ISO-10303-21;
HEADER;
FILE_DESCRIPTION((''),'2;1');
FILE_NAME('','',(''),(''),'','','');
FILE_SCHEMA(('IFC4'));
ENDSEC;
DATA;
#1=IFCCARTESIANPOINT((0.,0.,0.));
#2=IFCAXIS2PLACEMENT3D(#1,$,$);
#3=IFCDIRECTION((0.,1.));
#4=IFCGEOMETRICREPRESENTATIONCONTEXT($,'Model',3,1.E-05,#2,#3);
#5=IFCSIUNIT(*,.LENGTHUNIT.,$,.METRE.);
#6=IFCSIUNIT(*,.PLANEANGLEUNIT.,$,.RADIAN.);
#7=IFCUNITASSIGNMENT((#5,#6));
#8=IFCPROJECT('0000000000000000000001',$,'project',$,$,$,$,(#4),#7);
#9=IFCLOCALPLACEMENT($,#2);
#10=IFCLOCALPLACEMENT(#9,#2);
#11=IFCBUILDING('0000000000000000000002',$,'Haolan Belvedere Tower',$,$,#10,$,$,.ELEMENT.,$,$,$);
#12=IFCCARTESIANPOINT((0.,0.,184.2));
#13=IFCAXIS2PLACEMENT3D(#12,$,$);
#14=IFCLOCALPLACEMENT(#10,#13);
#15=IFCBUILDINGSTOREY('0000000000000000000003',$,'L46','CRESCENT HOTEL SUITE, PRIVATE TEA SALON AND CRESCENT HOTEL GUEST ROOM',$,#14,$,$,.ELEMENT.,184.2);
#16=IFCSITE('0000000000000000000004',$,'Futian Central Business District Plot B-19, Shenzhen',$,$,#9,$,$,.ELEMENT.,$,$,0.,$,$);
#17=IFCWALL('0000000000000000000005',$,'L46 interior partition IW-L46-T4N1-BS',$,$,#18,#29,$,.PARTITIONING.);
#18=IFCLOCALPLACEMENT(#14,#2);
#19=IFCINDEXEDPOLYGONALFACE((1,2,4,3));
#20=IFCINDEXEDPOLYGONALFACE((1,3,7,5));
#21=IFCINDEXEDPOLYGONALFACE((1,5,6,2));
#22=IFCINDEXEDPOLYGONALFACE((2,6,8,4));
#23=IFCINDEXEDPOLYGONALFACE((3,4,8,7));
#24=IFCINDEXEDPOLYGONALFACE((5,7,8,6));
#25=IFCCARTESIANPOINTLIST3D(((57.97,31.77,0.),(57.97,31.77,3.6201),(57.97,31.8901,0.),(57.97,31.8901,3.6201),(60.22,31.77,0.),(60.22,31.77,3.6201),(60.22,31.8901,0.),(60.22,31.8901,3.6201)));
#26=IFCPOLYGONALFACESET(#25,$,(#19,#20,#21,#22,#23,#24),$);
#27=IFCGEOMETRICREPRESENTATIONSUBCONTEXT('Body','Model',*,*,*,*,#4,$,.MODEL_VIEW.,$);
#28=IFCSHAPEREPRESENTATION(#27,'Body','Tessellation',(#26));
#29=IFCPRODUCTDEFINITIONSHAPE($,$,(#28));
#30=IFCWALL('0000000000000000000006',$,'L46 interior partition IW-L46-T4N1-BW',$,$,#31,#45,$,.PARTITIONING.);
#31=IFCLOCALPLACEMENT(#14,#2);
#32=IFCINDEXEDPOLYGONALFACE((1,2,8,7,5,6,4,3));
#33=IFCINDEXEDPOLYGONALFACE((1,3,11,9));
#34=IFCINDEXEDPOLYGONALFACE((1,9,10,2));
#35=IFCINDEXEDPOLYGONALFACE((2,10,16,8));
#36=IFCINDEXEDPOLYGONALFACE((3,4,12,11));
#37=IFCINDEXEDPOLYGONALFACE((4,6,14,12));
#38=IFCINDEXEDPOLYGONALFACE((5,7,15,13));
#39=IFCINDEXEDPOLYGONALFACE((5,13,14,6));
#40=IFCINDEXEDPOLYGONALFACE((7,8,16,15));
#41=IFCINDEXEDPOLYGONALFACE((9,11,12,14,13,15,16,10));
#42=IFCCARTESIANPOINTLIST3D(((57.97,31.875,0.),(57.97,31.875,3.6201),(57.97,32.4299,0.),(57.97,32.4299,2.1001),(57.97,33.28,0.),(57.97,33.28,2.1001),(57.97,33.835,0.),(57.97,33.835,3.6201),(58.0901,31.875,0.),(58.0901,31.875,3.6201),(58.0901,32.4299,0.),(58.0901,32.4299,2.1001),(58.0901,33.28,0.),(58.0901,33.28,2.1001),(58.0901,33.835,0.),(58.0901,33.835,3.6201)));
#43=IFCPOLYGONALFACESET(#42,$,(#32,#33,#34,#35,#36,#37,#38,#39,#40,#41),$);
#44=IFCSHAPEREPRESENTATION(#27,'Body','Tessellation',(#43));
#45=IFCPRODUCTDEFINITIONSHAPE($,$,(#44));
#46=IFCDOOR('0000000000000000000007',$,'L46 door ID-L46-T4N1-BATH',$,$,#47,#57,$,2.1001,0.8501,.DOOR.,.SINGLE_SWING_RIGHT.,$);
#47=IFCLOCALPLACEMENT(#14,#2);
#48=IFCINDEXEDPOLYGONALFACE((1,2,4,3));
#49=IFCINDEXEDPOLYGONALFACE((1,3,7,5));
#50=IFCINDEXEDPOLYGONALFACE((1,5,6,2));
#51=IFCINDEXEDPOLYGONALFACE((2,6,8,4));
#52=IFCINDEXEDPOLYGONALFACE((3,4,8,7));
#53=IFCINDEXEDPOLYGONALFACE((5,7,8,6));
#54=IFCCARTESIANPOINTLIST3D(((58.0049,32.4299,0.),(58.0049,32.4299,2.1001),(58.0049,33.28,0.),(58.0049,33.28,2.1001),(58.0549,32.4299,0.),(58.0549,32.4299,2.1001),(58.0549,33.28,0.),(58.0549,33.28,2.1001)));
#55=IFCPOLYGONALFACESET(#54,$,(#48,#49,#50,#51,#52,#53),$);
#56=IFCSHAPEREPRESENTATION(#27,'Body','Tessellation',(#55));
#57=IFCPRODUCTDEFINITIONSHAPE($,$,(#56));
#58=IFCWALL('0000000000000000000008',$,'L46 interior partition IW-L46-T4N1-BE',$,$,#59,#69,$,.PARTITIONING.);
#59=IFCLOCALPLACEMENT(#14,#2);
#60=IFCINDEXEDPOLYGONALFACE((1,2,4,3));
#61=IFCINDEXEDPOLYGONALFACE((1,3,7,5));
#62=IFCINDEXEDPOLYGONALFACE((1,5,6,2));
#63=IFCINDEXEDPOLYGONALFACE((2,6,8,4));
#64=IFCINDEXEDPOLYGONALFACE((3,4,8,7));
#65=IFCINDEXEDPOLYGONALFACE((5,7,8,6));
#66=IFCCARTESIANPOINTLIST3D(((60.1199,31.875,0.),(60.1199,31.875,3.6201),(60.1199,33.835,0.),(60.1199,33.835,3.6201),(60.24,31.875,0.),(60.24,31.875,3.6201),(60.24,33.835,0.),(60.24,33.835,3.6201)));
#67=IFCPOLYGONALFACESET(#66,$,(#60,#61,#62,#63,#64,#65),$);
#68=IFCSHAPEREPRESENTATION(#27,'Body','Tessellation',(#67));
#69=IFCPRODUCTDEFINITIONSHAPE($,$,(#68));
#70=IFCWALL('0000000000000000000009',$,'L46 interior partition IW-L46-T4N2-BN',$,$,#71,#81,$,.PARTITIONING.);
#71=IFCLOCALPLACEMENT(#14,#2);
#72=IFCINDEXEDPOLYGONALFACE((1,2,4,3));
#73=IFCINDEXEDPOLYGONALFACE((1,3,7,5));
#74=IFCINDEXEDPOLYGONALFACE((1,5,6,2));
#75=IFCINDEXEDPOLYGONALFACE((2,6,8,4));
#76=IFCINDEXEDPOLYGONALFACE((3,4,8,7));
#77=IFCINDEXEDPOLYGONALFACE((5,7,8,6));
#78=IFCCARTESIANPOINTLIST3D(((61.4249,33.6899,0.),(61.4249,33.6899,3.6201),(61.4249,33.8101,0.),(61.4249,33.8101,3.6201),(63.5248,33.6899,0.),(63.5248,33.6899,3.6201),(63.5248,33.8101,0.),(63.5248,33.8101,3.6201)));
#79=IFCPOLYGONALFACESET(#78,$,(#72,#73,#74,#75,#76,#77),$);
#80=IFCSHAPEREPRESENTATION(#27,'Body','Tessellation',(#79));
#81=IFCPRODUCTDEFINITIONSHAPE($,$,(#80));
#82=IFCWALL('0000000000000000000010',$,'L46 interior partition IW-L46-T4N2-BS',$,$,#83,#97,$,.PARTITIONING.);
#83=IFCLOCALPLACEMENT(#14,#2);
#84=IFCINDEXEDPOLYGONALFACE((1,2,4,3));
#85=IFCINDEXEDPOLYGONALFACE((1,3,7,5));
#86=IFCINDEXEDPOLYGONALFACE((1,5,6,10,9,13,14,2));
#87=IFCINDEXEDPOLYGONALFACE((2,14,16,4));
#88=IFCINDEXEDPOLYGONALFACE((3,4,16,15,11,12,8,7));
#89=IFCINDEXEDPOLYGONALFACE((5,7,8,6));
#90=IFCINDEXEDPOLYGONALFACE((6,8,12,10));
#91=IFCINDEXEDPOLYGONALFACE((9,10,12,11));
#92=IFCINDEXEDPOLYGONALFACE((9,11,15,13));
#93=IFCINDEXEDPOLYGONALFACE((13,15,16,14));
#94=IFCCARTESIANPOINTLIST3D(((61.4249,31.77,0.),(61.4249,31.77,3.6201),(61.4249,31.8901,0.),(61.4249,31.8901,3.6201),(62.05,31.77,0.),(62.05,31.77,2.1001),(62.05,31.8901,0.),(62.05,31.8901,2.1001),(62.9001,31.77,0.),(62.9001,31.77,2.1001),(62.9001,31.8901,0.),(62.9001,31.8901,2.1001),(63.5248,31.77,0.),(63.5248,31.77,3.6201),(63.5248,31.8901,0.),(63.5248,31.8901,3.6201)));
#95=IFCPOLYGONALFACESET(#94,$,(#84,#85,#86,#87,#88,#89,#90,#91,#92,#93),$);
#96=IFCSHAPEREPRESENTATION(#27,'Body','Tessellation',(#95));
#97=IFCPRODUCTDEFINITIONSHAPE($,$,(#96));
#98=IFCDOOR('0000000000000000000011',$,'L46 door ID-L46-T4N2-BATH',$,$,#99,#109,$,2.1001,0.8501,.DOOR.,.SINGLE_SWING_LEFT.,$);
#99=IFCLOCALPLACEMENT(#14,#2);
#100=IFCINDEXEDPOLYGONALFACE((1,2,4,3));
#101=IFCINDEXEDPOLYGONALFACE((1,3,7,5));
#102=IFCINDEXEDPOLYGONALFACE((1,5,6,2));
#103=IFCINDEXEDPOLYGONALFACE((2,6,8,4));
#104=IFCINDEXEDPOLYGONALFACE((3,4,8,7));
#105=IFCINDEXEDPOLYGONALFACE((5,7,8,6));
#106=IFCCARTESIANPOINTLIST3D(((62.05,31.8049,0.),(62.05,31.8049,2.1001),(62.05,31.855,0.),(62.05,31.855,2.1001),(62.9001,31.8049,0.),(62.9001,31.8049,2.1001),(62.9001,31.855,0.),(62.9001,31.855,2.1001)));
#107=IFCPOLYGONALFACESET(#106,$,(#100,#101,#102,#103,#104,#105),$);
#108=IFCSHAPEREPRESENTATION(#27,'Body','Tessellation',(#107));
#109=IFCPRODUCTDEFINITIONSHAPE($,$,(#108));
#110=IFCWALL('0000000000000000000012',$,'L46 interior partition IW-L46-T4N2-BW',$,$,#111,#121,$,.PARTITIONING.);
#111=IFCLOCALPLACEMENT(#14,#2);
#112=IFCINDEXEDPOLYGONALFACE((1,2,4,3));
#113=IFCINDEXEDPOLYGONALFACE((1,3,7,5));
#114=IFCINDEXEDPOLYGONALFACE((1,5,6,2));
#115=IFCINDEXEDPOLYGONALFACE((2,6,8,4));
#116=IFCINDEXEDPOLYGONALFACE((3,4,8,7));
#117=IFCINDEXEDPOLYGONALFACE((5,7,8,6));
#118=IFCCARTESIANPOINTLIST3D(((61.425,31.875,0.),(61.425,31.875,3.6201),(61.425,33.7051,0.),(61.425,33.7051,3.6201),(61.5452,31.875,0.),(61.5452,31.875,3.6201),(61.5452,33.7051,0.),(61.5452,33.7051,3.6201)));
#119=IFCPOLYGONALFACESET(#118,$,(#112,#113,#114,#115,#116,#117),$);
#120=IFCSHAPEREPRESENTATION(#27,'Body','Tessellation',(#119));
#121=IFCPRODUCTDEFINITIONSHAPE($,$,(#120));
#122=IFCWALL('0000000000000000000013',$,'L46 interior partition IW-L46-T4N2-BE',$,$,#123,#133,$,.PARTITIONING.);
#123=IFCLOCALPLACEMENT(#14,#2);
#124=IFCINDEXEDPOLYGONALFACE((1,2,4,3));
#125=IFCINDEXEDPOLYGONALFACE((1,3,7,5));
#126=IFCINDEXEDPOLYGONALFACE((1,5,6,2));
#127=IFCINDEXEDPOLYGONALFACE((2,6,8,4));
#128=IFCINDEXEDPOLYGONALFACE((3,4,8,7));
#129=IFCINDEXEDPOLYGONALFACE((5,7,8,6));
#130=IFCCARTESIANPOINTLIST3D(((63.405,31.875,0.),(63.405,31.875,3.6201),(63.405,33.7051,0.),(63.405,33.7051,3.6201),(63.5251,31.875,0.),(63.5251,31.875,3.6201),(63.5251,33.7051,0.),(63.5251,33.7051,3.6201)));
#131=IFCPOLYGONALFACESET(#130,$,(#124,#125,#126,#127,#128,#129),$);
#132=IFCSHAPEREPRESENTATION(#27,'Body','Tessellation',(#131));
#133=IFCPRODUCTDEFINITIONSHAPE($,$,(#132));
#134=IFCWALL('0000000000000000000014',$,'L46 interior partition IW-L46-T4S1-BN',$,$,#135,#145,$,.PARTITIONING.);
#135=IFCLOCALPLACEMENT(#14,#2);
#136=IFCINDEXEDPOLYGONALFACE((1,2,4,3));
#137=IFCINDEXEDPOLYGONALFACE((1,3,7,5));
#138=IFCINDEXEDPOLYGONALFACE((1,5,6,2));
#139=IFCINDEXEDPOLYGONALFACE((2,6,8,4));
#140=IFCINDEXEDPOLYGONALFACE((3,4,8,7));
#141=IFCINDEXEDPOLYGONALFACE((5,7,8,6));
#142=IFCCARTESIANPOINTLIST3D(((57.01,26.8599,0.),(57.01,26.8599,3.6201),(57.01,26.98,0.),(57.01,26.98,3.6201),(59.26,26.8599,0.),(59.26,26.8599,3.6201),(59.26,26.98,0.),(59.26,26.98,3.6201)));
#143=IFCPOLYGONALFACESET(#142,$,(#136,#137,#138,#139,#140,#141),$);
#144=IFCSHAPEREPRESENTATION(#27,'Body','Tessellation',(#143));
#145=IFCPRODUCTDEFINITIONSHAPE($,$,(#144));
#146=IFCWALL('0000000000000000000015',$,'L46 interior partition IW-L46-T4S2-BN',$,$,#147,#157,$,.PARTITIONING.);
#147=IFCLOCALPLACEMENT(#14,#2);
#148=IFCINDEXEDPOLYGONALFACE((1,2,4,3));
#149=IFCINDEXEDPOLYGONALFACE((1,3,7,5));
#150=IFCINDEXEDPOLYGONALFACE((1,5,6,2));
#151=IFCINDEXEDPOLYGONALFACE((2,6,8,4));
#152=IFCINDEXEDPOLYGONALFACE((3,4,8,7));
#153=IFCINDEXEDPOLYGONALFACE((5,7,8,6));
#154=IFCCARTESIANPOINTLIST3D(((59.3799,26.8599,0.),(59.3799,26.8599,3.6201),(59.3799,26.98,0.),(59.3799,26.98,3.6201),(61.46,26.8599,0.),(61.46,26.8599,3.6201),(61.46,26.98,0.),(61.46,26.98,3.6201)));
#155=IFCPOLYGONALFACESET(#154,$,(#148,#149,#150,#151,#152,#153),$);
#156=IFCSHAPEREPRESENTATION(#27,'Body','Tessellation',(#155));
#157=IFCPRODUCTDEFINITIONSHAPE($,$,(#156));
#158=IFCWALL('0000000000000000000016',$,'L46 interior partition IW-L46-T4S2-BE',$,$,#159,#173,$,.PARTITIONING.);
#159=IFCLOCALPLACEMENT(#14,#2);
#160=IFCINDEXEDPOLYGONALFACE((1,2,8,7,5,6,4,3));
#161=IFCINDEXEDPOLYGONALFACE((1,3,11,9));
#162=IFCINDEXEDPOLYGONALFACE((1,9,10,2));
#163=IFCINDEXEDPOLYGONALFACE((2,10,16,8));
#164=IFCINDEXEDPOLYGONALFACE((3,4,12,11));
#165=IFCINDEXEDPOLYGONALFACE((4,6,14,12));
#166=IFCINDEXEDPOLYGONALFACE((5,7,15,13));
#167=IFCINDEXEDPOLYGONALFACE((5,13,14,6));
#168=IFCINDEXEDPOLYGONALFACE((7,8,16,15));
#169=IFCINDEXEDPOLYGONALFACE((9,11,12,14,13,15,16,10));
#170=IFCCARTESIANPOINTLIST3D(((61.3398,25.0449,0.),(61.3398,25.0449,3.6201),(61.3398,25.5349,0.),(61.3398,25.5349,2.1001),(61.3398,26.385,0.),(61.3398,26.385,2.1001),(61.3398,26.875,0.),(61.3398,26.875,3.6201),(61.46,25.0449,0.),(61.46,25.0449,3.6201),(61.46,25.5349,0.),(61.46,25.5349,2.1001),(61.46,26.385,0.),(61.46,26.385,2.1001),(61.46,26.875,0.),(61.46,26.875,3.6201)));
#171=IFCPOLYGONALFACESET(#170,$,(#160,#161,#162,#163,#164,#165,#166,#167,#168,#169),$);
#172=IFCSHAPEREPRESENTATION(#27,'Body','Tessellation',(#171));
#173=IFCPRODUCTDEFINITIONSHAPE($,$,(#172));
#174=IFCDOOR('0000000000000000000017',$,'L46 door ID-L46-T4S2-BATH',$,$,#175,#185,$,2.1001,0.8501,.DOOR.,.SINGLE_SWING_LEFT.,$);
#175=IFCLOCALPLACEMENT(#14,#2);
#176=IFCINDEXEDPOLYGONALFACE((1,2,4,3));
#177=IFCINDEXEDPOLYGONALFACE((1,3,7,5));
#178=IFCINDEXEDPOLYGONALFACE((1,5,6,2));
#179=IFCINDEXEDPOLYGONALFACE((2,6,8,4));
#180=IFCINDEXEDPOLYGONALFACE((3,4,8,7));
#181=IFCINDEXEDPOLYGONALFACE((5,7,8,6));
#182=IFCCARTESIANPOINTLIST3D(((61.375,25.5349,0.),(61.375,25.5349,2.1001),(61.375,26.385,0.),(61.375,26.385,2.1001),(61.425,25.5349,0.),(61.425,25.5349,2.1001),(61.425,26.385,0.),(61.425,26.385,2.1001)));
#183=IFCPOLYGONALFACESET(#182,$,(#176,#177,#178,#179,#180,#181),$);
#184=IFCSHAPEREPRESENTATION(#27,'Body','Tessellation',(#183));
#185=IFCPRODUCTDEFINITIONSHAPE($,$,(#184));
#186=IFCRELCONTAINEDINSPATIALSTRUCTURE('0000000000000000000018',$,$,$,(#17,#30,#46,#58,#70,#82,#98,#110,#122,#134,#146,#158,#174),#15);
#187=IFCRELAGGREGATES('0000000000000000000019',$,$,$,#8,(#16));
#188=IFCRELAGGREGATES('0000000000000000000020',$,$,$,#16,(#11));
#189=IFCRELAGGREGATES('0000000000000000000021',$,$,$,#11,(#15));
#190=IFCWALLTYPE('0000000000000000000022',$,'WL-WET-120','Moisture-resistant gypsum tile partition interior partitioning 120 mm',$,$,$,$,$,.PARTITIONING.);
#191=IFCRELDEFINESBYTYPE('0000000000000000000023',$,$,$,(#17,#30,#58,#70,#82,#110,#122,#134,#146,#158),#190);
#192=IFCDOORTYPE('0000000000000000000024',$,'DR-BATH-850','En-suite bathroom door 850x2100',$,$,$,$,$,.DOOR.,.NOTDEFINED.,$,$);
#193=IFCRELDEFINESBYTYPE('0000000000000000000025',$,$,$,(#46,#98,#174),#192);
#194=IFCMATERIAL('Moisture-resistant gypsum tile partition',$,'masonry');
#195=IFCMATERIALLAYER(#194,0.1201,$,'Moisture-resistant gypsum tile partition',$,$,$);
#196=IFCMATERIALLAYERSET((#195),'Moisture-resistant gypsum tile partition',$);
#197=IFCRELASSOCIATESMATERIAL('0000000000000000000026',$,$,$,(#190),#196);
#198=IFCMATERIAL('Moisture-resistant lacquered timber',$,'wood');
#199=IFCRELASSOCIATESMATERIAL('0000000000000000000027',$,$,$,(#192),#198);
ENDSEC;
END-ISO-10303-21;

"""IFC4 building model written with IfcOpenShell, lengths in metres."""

from ifc_helpers import new_model, si_unit, direction, frame, frame_2d, origin, place, context, subcontext, project, spatial, rectangle, extrude, material, layer, layer_set, type_object, element, fill, save


model = new_model("IFC4")

# Units and contexts
model_context = context("Model", 3, precision=1e-05, world=origin(), true_north=direction((0.0, 1.0)))
body_context = subcontext(model_context, "Body", "Model", "MODEL_VIEW")
ifc_project = project(units=[si_unit("LENGTHUNIT", "METRE"), si_unit("PLANEANGLEUNIT", "RADIAN")], contexts=[model_context])

# Site, building, storey
site_placement = place(None, origin())
site = spatial("IfcSite", under=ifc_project, at=site_placement, Name="Futian Central Business District Plot B-19, Shenzhen", CompositionType="ELEMENT", RefElevation=0.0)
building_placement = place(site_placement, origin())
building = spatial("IfcBuilding", under=site, at=building_placement, Name="Haolan Belvedere Tower", CompositionType="ELEMENT")
storey_placement = place(building_placement, frame((0.0, 0.0, 184.2)))
storey = spatial("IfcBuildingStorey", under=building, at=storey_placement, Name="L46", Description="CRESCENT HOTEL SUITE, PRIVATE TEA SALON AND CRESCENT HOTEL GUEST ROOM", CompositionType="ELEMENT", Elevation=184.2)

# Wall
ifc_material_1 = material(Name="Moisture-resistant gypsum tile partition", Category="masonry")
ifc_layer_1 = layer(ifc_material_1, 0.1201, Name="Moisture-resistant gypsum tile partition")
ifc_layer_set_1 = layer_set([ifc_layer_1], Name="Moisture-resistant gypsum tile partition")
wall_type_1 = type_object("IfcWallType", Name="WL-WET-120", Description="Moisture-resistant gypsum tile partition interior partitioning 120 mm", PredefinedType="PARTITIONING", material=ifc_layer_set_1)
wall_1_placement = place(storey_placement, frame((57.97, 31.8301, 0.0), z_axis=(0.0, 0.0, 1.0), x_axis=(1.0, 0.0, 0.0)))
element("IfcWall", 1, at=wall_1_placement, inside=storey, type_object=wall_type_1, Name="L46 interior partition IW-L46-T4N1-BS", PredefinedType="PARTITIONING", context=body_context, shape_type="SweptSolid", body=[
    extrude(rectangle(XDim=2.25, YDim=0.1201, at=frame_2d((1.125, 0.0))), origin(), (0.0, 0.0, 1.0), 3.6201),
])

# Wall, opening, door
wall_2_placement = place(storey_placement, frame((58.03, 31.875, 0.0), z_axis=(0.0, 0.0, 1.0), x_axis=(0.0, 1.0, 0.0)))
wall_2 = element("IfcWall", 2, at=wall_2_placement, inside=storey, type_object=wall_type_1, Name="L46 interior partition IW-L46-T4N1-BW", PredefinedType="PARTITIONING", context=body_context, shape_type="SweptSolid", body=[
    extrude(rectangle(XDim=1.96, YDim=0.1201, at=frame_2d((0.98, 0.0))), origin(), (0.0, 0.0, 1.0), 3.6201),
])
opening_1_placement = place(wall_2_placement, frame((1.405, 0.0, 0.0), z_axis=(0.0, 0.0, 1.0), x_axis=(-1.0, 0.0, 0.0)))
opening_1 = element("IfcOpeningElement", 3, at=opening_1_placement, cuts=wall_2, PredefinedType="OPENING", context=body_context, shape_type="SweptSolid", body=[
    extrude(rectangle(XDim=0.8501, YDim=2.1001, at=frame_2d((0.425, 1.05))), frame((0.0, 0.0701, 0.0), z_axis=(0.0, -1.0, 0.0), x_axis=(1.0, 0.0, 0.0)), (0.0, 0.0, 1.0), 0.1401),
])
ifc_material_2 = material(Name="Moisture-resistant lacquered timber", Category="wood")
door_type_1 = type_object("IfcDoorType", Name="DR-BATH-850", Description="En-suite bathroom door 850x2100", OperationType="NOTDEFINED", PredefinedType="DOOR", material=ifc_material_2)
door_1_placement = place(opening_1_placement, origin())
door_1 = element("IfcDoor", 4, at=door_1_placement, inside=storey, type_object=door_type_1, Name="L46 door ID-L46-T4N1-BATH", OperationType="SINGLE_SWING_RIGHT", OverallHeight=2.1001, OverallWidth=0.8501, PredefinedType="DOOR", context=body_context, shape_type="SweptSolid", body=[
    extrude(rectangle(XDim=0.8501, YDim=2.1001, at=frame_2d((0.425, 1.05))), frame((0.0, 0.0249, 0.0), z_axis=(0.0, -1.0, 0.0), x_axis=(1.0, 0.0, 0.0)), (0.0, 0.0, 1.0), 0.05),
])
fill(opening_1, door_1)

# Walls
wall_3_placement = place(storey_placement, frame((60.1799, 31.875, 0.0), z_axis=(0.0, 0.0, 1.0), x_axis=(0.0, 1.0, 0.0)))
element("IfcWall", 5, at=wall_3_placement, inside=storey, type_object=wall_type_1, Name="L46 interior partition IW-L46-T4N1-BE", PredefinedType="PARTITIONING", context=body_context, shape_type="SweptSolid", body=[
    extrude(rectangle(XDim=1.96, YDim=0.1201, at=frame_2d((0.98, 0.0))), origin(), (0.0, 0.0, 1.0), 3.6201),
])
wall_4_placement = place(storey_placement, frame((61.425, 33.75, 0.0), z_axis=(0.0, 0.0, 1.0), x_axis=(1.0, 0.0, 0.0)))
element("IfcWall", 6, at=wall_4_placement, inside=storey, type_object=wall_type_1, Name="L46 interior partition IW-L46-T4N2-BN", PredefinedType="PARTITIONING", context=body_context, shape_type="SweptSolid", body=[
    extrude(rectangle(XDim=2.0999, YDim=0.1201, at=frame_2d((1.0498, 0.0))), origin(), (0.0, 0.0, 1.0), 3.6201),
])

# Wall, opening, door
wall_5_placement = place(storey_placement, frame((61.425, 31.8301, 0.0), z_axis=(0.0, 0.0, 1.0), x_axis=(1.0, 0.0, 0.0)))
wall_5 = element("IfcWall", 7, at=wall_5_placement, inside=storey, type_object=wall_type_1, Name="L46 interior partition IW-L46-T4N2-BS", PredefinedType="PARTITIONING", context=body_context, shape_type="SweptSolid", body=[
    extrude(rectangle(XDim=2.0999, YDim=0.1201, at=frame_2d((1.0498, 0.0))), origin(), (0.0, 0.0, 1.0), 3.6201),
])
opening_2_placement = place(wall_5_placement, frame((0.625, 0.0, 0.0)))
opening_2 = element("IfcOpeningElement", 8, at=opening_2_placement, cuts=wall_5, PredefinedType="OPENING", context=body_context, shape_type="SweptSolid", body=[
    extrude(rectangle(XDim=0.8501, YDim=2.1001, at=frame_2d((0.425, 1.05))), frame((0.0, 0.0701, 0.0), z_axis=(0.0, -1.0, 0.0), x_axis=(1.0, 0.0, 0.0)), (0.0, 0.0, 1.0), 0.1401),
])
door_2_placement = place(opening_2_placement, origin())
door_2 = element("IfcDoor", 9, at=door_2_placement, inside=storey, type_object=door_type_1, Name="L46 door ID-L46-T4N2-BATH", OperationType="SINGLE_SWING_LEFT", OverallHeight=2.1001, OverallWidth=0.8501, PredefinedType="DOOR", context=body_context, shape_type="SweptSolid", body=[
    extrude(rectangle(XDim=0.8501, YDim=2.1001, at=frame_2d((0.425, 1.05))), frame((0.0, 0.0249, 0.0), z_axis=(0.0, -1.0, 0.0), x_axis=(1.0, 0.0, 0.0)), (0.0, 0.0, 1.0), 0.05),
])
fill(opening_2, door_2)

# Walls
for number, where, z_axis, x_axis, name in (
    (10, (61.4851, 31.875, 0.0), (0.0, 0.0, 1.0), (0.0, 1.0, 0.0), "L46 interior partition IW-L46-T4N2-BW"),
    (11, (63.4651, 31.875, 0.0), (0.0, 0.0, 1.0), (0.0, 1.0, 0.0), "L46 interior partition IW-L46-T4N2-BE"),
):
    element("IfcWall", number, at=place(storey_placement, frame(where, z_axis=z_axis, x_axis=x_axis)), inside=storey, type_object=wall_type_1, Name=name, PredefinedType="PARTITIONING", context=body_context, shape_type="SweptSolid", body=[
        extrude(rectangle(XDim=1.8301, YDim=0.1201, at=frame_2d((0.915, 0.0))), origin(), (0.0, 0.0, 1.0), 3.6201),
    ])
wall_6_placement = place(storey_placement, frame((57.01, 26.9199, 0.0), z_axis=(0.0, 0.0, 1.0), x_axis=(1.0, 0.0, 0.0)))
element("IfcWall", 12, at=wall_6_placement, inside=storey, type_object=wall_type_1, Name="L46 interior partition IW-L46-T4S1-BN", PredefinedType="PARTITIONING", context=body_context, shape_type="SweptSolid", body=[
    extrude(rectangle(XDim=2.25, YDim=0.1201, at=frame_2d((1.125, 0.0))), origin(), (0.0, 0.0, 1.0), 3.6201),
])
wall_7_placement = place(storey_placement, frame((59.3799, 26.9199, 0.0), z_axis=(0.0, 0.0, 1.0), x_axis=(1.0, 0.0, 0.0)))
element("IfcWall", 13, at=wall_7_placement, inside=storey, type_object=wall_type_1, Name="L46 interior partition IW-L46-T4S2-BN", PredefinedType="PARTITIONING", context=body_context, shape_type="SweptSolid", body=[
    extrude(rectangle(XDim=2.0801, YDim=0.1201, at=frame_2d((1.04, 0.0))), origin(), (0.0, 0.0, 1.0), 3.6201),
])

# Wall, opening, door
wall_8_placement = place(storey_placement, frame((61.3999, 25.0449, 0.0), z_axis=(0.0, 0.0, 1.0), x_axis=(0.0, 1.0, 0.0)))
wall_8 = element("IfcWall", 14, at=wall_8_placement, inside=storey, type_object=wall_type_1, Name="L46 interior partition IW-L46-T4S2-BE", PredefinedType="PARTITIONING", context=body_context, shape_type="SweptSolid", body=[
    extrude(rectangle(XDim=1.8301, YDim=0.1201, at=frame_2d((0.915, 0.0))), origin(), (0.0, 0.0, 1.0), 3.6201),
])
opening_3_placement = place(wall_8_placement, frame((0.49, 0.0, 0.0)))
opening_3 = element("IfcOpeningElement", 15, at=opening_3_placement, cuts=wall_8, PredefinedType="OPENING", context=body_context, shape_type="SweptSolid", body=[
    extrude(rectangle(XDim=0.8501, YDim=2.1001, at=frame_2d((0.425, 1.05))), frame((0.0, 0.0701, 0.0), z_axis=(0.0, -1.0, 0.0), x_axis=(1.0, 0.0, 0.0)), (0.0, 0.0, 1.0), 0.1401),
])
door_3_placement = place(opening_3_placement, origin())
door_3 = element("IfcDoor", 16, at=door_3_placement, inside=storey, type_object=door_type_1, Name="L46 door ID-L46-T4S2-BATH", OperationType="SINGLE_SWING_LEFT", OverallHeight=2.1001, OverallWidth=0.8501, PredefinedType="DOOR", context=body_context, shape_type="SweptSolid", body=[
    extrude(rectangle(XDim=0.8501, YDim=2.1001, at=frame_2d((0.425, 1.05))), frame((0.0, 0.0249, 0.0), z_axis=(0.0, -1.0, 0.0), x_axis=(1.0, 0.0, 0.0)), (0.0, 0.0, 1.0), 0.05),
])
fill(opening_3, door_3)

save(model, "model.ifc")
